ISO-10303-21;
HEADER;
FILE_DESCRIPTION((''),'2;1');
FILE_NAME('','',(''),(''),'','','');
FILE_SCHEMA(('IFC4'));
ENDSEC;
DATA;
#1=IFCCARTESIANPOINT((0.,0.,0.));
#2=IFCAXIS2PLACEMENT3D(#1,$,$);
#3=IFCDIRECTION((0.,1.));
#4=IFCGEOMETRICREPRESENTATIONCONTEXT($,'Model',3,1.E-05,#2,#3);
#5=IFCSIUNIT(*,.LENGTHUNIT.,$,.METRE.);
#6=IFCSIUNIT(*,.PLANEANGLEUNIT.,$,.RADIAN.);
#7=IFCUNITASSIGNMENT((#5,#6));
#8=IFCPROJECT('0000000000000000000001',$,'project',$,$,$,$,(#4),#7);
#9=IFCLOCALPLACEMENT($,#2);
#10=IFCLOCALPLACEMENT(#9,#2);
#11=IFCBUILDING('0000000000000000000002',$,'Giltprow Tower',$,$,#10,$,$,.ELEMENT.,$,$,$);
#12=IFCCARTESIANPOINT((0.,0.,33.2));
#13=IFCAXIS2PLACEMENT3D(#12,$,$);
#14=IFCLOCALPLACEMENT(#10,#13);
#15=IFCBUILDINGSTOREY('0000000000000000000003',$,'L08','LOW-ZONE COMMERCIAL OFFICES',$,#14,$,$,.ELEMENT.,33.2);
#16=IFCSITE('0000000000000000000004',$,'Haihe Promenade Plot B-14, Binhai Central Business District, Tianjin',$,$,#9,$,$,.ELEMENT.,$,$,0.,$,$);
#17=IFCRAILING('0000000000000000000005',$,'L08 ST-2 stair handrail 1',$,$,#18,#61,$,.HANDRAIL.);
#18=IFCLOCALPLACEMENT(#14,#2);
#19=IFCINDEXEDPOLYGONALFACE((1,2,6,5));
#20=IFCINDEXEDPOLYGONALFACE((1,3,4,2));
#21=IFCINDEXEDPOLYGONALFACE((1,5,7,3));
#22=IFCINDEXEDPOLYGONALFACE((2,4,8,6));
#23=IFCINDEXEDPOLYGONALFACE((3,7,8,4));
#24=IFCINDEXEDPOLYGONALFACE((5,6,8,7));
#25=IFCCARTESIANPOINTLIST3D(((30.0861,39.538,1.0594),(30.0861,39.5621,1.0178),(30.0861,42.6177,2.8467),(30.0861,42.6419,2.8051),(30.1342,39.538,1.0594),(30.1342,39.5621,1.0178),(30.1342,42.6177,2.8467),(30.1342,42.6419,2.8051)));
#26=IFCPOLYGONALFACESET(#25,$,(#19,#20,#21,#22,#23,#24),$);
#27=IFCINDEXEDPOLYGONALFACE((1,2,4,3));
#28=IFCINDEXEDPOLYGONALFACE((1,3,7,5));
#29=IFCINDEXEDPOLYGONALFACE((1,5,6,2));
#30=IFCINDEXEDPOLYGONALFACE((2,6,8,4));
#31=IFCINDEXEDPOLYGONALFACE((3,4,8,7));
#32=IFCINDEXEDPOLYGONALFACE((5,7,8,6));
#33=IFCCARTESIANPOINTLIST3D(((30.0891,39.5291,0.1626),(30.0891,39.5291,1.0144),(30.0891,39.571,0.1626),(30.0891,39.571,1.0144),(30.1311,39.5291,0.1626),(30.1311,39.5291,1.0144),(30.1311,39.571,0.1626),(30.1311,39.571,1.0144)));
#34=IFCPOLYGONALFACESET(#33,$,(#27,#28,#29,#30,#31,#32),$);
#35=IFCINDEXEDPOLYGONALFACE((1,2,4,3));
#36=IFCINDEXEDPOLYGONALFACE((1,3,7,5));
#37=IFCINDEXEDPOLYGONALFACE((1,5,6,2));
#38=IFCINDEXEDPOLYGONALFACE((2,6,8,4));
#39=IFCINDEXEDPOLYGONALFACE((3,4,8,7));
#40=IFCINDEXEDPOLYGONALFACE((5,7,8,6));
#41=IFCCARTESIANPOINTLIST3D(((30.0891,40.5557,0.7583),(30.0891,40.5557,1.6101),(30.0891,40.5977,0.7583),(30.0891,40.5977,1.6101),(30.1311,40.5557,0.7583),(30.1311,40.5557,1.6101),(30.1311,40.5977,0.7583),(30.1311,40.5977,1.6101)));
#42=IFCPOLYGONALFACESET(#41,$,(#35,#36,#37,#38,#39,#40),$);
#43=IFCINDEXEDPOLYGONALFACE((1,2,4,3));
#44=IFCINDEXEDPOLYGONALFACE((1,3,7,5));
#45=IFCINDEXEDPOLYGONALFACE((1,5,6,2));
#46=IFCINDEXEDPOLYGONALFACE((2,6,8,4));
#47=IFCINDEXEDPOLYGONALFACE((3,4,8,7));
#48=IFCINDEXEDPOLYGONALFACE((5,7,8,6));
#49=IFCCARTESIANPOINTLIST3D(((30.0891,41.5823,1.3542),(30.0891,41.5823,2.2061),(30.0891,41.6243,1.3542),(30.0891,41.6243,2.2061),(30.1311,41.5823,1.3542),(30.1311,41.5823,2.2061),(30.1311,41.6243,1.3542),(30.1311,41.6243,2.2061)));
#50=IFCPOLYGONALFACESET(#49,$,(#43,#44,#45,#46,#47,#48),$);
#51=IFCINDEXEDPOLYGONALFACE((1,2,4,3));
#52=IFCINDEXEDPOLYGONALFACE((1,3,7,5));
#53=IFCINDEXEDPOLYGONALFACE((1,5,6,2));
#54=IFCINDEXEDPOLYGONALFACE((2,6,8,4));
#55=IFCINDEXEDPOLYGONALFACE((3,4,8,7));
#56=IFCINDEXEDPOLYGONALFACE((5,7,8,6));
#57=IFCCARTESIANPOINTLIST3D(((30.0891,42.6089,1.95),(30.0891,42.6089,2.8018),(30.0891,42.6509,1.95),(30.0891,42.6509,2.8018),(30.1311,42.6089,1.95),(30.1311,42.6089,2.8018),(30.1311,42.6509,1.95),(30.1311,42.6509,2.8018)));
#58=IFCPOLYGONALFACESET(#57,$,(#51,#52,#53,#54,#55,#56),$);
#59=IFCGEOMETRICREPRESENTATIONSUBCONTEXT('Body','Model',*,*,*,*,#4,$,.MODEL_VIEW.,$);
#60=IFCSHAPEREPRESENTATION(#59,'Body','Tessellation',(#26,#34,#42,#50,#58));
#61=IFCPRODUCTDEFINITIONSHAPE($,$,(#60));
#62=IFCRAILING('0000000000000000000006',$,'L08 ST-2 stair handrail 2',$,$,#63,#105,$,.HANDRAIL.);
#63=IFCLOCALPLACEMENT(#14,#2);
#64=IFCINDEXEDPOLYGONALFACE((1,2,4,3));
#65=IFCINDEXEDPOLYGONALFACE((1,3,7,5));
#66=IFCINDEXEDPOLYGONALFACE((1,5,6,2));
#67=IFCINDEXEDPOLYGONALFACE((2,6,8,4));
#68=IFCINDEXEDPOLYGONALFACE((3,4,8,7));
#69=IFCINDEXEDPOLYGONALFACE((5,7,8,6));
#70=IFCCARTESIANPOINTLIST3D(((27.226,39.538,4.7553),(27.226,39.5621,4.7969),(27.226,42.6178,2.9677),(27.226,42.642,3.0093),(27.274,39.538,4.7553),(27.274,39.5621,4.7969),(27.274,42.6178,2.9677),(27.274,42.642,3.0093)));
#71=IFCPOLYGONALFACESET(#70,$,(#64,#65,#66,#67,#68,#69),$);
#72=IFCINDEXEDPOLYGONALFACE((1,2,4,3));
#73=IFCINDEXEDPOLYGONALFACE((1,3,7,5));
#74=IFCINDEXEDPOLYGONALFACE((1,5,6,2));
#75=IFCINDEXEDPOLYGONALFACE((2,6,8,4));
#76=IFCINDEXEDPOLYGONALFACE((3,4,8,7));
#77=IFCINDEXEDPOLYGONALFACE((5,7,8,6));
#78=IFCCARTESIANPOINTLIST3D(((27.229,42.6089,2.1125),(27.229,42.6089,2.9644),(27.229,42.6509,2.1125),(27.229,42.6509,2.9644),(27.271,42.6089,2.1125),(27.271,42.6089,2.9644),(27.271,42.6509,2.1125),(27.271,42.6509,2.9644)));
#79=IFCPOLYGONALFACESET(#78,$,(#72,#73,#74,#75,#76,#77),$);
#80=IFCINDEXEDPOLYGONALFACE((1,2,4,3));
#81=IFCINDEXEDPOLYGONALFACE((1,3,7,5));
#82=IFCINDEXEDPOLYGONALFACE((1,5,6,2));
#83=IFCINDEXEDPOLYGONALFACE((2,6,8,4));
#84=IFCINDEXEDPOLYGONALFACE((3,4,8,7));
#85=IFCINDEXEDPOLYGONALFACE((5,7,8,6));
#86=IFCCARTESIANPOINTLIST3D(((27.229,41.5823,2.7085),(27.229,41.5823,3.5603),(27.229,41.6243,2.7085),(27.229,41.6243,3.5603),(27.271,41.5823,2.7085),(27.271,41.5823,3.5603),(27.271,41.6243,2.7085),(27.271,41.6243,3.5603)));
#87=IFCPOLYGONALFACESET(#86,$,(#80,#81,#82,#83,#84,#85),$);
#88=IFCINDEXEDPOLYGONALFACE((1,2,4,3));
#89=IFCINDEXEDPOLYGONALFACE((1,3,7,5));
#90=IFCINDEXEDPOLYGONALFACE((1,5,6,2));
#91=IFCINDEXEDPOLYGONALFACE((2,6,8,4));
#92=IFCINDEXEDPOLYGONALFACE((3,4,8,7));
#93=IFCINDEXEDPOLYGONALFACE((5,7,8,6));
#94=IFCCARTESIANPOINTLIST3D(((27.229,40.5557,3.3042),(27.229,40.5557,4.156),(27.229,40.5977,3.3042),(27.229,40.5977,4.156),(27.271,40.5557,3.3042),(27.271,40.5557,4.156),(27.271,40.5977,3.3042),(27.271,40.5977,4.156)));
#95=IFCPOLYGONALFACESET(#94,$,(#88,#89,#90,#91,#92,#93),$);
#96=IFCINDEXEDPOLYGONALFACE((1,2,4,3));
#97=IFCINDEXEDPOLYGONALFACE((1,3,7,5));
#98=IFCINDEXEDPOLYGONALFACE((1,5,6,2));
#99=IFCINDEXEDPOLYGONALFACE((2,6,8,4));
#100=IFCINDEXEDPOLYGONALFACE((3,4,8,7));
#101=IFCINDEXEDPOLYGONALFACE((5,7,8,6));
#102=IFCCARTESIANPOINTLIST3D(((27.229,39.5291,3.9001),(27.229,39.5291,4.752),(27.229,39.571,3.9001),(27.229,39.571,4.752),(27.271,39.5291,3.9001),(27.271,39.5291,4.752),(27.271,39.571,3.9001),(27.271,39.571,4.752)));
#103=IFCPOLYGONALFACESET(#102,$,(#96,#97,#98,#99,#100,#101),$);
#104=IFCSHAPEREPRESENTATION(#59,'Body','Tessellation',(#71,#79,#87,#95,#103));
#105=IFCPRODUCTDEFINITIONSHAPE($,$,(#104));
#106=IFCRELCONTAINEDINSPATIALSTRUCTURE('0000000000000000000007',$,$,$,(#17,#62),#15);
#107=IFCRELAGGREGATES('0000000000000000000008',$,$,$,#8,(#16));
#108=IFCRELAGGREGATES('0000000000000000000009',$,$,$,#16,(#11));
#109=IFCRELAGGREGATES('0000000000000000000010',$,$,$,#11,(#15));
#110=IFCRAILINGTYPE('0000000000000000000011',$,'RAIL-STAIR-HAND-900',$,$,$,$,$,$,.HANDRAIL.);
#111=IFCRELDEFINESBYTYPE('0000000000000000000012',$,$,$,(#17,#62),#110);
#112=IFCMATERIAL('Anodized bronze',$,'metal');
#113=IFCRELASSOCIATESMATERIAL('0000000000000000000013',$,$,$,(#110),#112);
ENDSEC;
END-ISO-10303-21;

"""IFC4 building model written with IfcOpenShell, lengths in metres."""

from ifc_helpers import new_model, si_unit, direction, frame, origin, origin_2d, place, context, subcontext, project, spatial, rectangle, extrude, material, type_object, element, save


model = new_model("IFC4")

# Units and contexts
model_context = context("Model", 3, precision=1e-05, world=origin(), true_north=direction((0.0, 1.0)))
body_context = subcontext(model_context, "Body", "Model", "MODEL_VIEW")
ifc_project = project(units=[si_unit("LENGTHUNIT", "METRE"), si_unit("PLANEANGLEUNIT", "RADIAN")], contexts=[model_context])

# Site, building, storey
site_placement = place(None, origin())
site = spatial("IfcSite", under=ifc_project, at=site_placement, Name="Haihe Promenade Plot B-14, Binhai Central Business District, Tianjin", CompositionType="ELEMENT", RefElevation=0.0)
building_placement = place(site_placement, origin())
building = spatial("IfcBuilding", under=site, at=building_placement, Name="Giltprow Tower", CompositionType="ELEMENT")
storey_placement = place(building_placement, frame((0.0, 0.0, 33.2)))
storey = spatial("IfcBuildingStorey", under=building, at=storey_placement, Name="L08", Description="LOW-ZONE COMMERCIAL OFFICES", CompositionType="ELEMENT", Elevation=33.2)

# Railings
ifc_material_1 = material(Name="Anodized bronze", Category="metal")
railing_type_1 = type_object("IfcRailingType", Name="RAIL-STAIR-HAND-900", PredefinedType="HANDRAIL", material=ifc_material_1)
railing_1_placement = place(storey_placement, frame((30.1101, 39.55, 0.1626)))
element("IfcRailing", 1, at=railing_1_placement, inside=storey, type_object=railing_type_1, Name="L08 ST-2 stair handrail 1", PredefinedType="HANDRAIL", context=body_context, shape_type="SweptSolid", body=[
    extrude(rectangle(XDim=0.0481, YDim=0.0481, at=origin_2d()), frame((0.0, 0.0, 0.876), z_axis=(0.0, 0.864903, 0.501939), x_axis=(-1.0, 0.0, 0.0)), (0.0, 0.0, 1.0), 3.5608),
    extrude(rectangle(XDim=0.042, YDim=0.042, at=origin_2d()), origin(), (0.0, 0.0, 1.0), 0.8518),
    extrude(rectangle(XDim=0.042, YDim=0.042, at=origin_2d()), frame((0.0, 1.0266, 0.5957)), (0.0, 0.0, 1.0), 0.8518),
    extrude(rectangle(XDim=0.042, YDim=0.042, at=origin_2d()), frame((0.0, 2.0532, 1.1917)), (0.0, 0.0, 1.0), 0.8518),
    extrude(rectangle(XDim=0.042, YDim=0.042, at=origin_2d()), frame((0.0, 3.0798, 1.7874)), (0.0, 0.0, 1.0), 0.8518),
])
railing_2_placement = place(storey_placement, frame((27.25, 42.6299, 2.1125)))
element("IfcRailing", 2, at=railing_2_placement, inside=storey, type_object=railing_type_1, Name="L08 ST-2 stair handrail 2", PredefinedType="HANDRAIL", context=body_context, shape_type="SweptSolid", body=[
    extrude(rectangle(XDim=0.0481, YDim=0.0481, at=origin_2d()), frame((0.0, 0.0, 0.876), z_axis=(0.0, -0.864873, 0.50199), x_axis=(1.0, 0.0, 0.0)), (0.0, 0.0, 1.0), 3.561),
    extrude(rectangle(XDim=0.042, YDim=0.042, at=origin_2d()), origin(), (0.0, 0.0, 1.0), 0.8518),
    extrude(rectangle(XDim=0.042, YDim=0.042, at=origin_2d()), frame((0.0, -1.0266, 0.5959)), (0.0, 0.0, 1.0), 0.8518),
    extrude(rectangle(XDim=0.042, YDim=0.042, at=origin_2d()), frame((0.0, -2.0532, 1.1917)), (0.0, 0.0, 1.0), 0.8518),
    extrude(rectangle(XDim=0.042, YDim=0.042, at=origin_2d()), frame((0.0, -3.0798, 1.7876)), (0.0, 0.0, 1.0), 0.8518),
])

save(model, "model.ifc")
